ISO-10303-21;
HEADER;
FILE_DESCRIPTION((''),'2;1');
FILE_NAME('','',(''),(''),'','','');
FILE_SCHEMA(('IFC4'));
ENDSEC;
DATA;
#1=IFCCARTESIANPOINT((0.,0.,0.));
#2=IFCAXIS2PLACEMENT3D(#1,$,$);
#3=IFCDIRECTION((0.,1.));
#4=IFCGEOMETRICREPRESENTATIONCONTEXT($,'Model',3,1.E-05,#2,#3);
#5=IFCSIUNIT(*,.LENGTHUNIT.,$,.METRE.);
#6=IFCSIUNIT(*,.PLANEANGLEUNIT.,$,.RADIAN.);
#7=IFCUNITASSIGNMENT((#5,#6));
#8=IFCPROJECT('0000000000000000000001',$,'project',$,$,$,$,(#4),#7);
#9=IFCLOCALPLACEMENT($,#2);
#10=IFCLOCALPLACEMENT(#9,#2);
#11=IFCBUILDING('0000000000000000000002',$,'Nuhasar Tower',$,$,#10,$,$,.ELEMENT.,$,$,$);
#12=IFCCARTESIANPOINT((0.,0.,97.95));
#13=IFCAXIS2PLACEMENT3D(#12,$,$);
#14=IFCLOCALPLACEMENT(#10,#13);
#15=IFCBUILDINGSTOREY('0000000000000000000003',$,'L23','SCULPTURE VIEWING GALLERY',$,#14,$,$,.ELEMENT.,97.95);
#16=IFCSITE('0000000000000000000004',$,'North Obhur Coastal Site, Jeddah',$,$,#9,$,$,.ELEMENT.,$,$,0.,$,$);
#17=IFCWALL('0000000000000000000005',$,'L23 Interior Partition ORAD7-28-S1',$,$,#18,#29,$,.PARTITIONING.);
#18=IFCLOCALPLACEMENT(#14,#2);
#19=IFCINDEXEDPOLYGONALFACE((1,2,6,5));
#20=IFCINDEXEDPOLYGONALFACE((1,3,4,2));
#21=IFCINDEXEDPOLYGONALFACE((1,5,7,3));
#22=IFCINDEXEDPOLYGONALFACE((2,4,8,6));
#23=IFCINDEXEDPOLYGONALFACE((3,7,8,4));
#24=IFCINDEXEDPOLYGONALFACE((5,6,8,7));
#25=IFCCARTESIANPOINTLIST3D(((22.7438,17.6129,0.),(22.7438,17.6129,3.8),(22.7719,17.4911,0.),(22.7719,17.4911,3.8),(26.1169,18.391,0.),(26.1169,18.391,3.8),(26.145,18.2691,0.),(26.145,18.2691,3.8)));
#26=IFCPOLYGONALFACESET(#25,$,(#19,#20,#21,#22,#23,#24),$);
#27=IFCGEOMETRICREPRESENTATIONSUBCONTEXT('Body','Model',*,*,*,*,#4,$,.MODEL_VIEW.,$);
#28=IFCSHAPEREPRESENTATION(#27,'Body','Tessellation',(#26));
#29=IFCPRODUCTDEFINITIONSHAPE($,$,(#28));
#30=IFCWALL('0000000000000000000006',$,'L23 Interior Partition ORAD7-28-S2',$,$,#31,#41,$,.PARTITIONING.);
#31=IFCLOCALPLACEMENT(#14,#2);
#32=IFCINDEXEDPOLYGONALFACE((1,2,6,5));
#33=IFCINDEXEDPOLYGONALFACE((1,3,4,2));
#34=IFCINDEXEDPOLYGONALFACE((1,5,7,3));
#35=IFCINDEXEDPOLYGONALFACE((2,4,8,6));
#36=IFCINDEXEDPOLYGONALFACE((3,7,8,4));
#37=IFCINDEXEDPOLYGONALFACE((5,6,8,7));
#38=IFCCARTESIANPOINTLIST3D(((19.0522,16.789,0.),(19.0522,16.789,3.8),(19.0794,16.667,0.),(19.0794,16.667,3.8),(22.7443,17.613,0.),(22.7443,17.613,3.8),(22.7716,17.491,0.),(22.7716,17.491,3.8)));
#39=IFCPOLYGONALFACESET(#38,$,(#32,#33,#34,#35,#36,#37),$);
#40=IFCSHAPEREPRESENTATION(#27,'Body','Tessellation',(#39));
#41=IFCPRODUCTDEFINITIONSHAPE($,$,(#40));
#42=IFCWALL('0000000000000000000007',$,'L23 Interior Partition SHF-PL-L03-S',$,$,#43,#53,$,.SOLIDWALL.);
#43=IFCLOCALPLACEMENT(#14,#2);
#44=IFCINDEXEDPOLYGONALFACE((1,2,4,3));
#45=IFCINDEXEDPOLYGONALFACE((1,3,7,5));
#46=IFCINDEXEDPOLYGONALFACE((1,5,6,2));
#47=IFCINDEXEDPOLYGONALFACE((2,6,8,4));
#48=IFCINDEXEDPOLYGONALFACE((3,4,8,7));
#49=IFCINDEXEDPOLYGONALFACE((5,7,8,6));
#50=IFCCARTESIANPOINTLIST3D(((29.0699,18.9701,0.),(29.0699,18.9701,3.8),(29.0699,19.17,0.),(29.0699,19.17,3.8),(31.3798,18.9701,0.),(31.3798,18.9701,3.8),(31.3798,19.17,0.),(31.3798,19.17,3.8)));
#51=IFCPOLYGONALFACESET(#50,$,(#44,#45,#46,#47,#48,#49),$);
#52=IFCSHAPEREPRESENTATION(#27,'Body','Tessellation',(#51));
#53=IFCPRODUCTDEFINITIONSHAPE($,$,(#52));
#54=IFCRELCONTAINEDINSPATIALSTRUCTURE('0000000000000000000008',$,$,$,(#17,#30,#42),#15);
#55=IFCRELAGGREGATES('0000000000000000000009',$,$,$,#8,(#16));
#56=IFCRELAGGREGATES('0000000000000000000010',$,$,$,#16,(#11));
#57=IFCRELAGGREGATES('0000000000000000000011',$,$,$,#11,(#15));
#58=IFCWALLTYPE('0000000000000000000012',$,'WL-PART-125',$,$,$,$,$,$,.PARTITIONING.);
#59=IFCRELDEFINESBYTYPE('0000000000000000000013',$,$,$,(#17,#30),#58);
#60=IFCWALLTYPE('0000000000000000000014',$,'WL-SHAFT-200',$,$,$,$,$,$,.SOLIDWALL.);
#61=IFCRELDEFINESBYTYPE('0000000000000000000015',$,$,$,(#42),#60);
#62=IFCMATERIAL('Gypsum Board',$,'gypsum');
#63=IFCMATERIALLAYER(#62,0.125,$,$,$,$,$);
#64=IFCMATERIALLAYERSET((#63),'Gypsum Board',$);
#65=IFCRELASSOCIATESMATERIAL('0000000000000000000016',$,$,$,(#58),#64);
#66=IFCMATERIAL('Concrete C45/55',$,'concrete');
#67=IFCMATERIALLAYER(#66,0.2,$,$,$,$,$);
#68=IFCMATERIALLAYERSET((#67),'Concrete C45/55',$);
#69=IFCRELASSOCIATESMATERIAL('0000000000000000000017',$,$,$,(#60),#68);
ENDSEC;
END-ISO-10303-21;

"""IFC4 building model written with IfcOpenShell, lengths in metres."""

from ifc_helpers import new_model, si_unit, direction, frame, frame_2d, origin, place, context, subcontext, project, spatial, rectangle, extrude, material, layer, layer_set, type_object, element, save


model = new_model("IFC4")

# Units and contexts
model_context = context("Model", 3, precision=1e-05, world=origin(), true_north=direction((0.0, 1.0)))
body_context = subcontext(model_context, "Body", "Model", "MODEL_VIEW")
ifc_project = project(units=[si_unit("LENGTHUNIT", "METRE"), si_unit("PLANEANGLEUNIT", "RADIAN")], contexts=[model_context])

# Site, building, storey
site_placement = place(None, origin())
site = spatial("IfcSite", under=ifc_project, at=site_placement, Name="North Obhur Coastal Site, Jeddah", CompositionType="ELEMENT", RefElevation=0.0)
building_placement = place(site_placement, origin())
building = spatial("IfcBuilding", under=site, at=building_placement, Name="Nuhasar Tower", CompositionType="ELEMENT")
storey_placement = place(building_placement, frame((0.0, 0.0, 97.95)))
storey = spatial("IfcBuildingStorey", under=building, at=storey_placement, Name="L23", Description="SCULPTURE VIEWING GALLERY", CompositionType="ELEMENT", Elevation=97.95)

# Shared definitions
ifc_material_1 = material(Name="Gypsum Board", Category="gypsum")

# Walls
ifc_layer_1 = layer(ifc_material_1, 0.125)
ifc_layer_set_1 = layer_set([ifc_layer_1], Name="Gypsum Board")
wall_type_1 = type_object("IfcWallType", Name="WL-PART-125", PredefinedType="PARTITIONING", material=ifc_layer_set_1)
wall_1_placement = place(storey_placement, frame((26.1311, 18.3301, 0.0), z_axis=(0.0, 0.0, 1.0), x_axis=(-0.974411, -0.224772, 0.0)))
element("IfcWall", 1, at=wall_1_placement, inside=storey, type_object=wall_type_1, Name="L23 Interior Partition ORAD7-28-S1", PredefinedType="PARTITIONING", context=body_context, shape_type="SweptSolid", body=[
    extrude(rectangle(XDim=3.4617, YDim=0.125, at=frame_2d((1.731, 0.0))), origin(), (0.0, 0.0, 1.0), 3.8),
])
wall_2_placement = place(storey_placement, frame((22.7581, 17.552, 0.0), z_axis=(0.0, 0.0, 1.0), x_axis=(-0.975991, -0.217812, 0.0)))
element("IfcWall", 2, at=wall_2_placement, inside=storey, type_object=wall_type_1, Name="L23 Interior Partition ORAD7-28-S2", PredefinedType="PARTITIONING", context=body_context, shape_type="SweptSolid", body=[
    extrude(rectangle(XDim=3.783, YDim=0.125, at=frame_2d((1.8916, 0.0))), origin(), (0.0, 0.0, 1.0), 3.8),
])
ifc_material_2 = material(Name="Concrete C45/55", Category="concrete")
ifc_layer_2 = layer(ifc_material_2, 0.2)
ifc_layer_set_2 = layer_set([ifc_layer_2], Name="Concrete C45/55")
wall_type_2 = type_object("IfcWallType", Name="WL-SHAFT-200", PredefinedType="SOLIDWALL", material=ifc_layer_set_2)
wall_3_placement = place(storey_placement, frame((29.0701, 19.0701, 0.0), z_axis=(0.0, 0.0, 1.0), x_axis=(1.0, 0.0, 0.0)))
element("IfcWall", 3, at=wall_3_placement, inside=storey, type_object=wall_type_2, Name="L23 Interior Partition SHF-PL-L03-S", PredefinedType="SOLIDWALL", context=body_context, shape_type="SweptSolid", body=[
    extrude(rectangle(XDim=2.3098, YDim=0.2, at=frame_2d((1.1548, 0.0))), origin(), (0.0, 0.0, 1.0), 3.8),
])

save(model, "model.ifc")
